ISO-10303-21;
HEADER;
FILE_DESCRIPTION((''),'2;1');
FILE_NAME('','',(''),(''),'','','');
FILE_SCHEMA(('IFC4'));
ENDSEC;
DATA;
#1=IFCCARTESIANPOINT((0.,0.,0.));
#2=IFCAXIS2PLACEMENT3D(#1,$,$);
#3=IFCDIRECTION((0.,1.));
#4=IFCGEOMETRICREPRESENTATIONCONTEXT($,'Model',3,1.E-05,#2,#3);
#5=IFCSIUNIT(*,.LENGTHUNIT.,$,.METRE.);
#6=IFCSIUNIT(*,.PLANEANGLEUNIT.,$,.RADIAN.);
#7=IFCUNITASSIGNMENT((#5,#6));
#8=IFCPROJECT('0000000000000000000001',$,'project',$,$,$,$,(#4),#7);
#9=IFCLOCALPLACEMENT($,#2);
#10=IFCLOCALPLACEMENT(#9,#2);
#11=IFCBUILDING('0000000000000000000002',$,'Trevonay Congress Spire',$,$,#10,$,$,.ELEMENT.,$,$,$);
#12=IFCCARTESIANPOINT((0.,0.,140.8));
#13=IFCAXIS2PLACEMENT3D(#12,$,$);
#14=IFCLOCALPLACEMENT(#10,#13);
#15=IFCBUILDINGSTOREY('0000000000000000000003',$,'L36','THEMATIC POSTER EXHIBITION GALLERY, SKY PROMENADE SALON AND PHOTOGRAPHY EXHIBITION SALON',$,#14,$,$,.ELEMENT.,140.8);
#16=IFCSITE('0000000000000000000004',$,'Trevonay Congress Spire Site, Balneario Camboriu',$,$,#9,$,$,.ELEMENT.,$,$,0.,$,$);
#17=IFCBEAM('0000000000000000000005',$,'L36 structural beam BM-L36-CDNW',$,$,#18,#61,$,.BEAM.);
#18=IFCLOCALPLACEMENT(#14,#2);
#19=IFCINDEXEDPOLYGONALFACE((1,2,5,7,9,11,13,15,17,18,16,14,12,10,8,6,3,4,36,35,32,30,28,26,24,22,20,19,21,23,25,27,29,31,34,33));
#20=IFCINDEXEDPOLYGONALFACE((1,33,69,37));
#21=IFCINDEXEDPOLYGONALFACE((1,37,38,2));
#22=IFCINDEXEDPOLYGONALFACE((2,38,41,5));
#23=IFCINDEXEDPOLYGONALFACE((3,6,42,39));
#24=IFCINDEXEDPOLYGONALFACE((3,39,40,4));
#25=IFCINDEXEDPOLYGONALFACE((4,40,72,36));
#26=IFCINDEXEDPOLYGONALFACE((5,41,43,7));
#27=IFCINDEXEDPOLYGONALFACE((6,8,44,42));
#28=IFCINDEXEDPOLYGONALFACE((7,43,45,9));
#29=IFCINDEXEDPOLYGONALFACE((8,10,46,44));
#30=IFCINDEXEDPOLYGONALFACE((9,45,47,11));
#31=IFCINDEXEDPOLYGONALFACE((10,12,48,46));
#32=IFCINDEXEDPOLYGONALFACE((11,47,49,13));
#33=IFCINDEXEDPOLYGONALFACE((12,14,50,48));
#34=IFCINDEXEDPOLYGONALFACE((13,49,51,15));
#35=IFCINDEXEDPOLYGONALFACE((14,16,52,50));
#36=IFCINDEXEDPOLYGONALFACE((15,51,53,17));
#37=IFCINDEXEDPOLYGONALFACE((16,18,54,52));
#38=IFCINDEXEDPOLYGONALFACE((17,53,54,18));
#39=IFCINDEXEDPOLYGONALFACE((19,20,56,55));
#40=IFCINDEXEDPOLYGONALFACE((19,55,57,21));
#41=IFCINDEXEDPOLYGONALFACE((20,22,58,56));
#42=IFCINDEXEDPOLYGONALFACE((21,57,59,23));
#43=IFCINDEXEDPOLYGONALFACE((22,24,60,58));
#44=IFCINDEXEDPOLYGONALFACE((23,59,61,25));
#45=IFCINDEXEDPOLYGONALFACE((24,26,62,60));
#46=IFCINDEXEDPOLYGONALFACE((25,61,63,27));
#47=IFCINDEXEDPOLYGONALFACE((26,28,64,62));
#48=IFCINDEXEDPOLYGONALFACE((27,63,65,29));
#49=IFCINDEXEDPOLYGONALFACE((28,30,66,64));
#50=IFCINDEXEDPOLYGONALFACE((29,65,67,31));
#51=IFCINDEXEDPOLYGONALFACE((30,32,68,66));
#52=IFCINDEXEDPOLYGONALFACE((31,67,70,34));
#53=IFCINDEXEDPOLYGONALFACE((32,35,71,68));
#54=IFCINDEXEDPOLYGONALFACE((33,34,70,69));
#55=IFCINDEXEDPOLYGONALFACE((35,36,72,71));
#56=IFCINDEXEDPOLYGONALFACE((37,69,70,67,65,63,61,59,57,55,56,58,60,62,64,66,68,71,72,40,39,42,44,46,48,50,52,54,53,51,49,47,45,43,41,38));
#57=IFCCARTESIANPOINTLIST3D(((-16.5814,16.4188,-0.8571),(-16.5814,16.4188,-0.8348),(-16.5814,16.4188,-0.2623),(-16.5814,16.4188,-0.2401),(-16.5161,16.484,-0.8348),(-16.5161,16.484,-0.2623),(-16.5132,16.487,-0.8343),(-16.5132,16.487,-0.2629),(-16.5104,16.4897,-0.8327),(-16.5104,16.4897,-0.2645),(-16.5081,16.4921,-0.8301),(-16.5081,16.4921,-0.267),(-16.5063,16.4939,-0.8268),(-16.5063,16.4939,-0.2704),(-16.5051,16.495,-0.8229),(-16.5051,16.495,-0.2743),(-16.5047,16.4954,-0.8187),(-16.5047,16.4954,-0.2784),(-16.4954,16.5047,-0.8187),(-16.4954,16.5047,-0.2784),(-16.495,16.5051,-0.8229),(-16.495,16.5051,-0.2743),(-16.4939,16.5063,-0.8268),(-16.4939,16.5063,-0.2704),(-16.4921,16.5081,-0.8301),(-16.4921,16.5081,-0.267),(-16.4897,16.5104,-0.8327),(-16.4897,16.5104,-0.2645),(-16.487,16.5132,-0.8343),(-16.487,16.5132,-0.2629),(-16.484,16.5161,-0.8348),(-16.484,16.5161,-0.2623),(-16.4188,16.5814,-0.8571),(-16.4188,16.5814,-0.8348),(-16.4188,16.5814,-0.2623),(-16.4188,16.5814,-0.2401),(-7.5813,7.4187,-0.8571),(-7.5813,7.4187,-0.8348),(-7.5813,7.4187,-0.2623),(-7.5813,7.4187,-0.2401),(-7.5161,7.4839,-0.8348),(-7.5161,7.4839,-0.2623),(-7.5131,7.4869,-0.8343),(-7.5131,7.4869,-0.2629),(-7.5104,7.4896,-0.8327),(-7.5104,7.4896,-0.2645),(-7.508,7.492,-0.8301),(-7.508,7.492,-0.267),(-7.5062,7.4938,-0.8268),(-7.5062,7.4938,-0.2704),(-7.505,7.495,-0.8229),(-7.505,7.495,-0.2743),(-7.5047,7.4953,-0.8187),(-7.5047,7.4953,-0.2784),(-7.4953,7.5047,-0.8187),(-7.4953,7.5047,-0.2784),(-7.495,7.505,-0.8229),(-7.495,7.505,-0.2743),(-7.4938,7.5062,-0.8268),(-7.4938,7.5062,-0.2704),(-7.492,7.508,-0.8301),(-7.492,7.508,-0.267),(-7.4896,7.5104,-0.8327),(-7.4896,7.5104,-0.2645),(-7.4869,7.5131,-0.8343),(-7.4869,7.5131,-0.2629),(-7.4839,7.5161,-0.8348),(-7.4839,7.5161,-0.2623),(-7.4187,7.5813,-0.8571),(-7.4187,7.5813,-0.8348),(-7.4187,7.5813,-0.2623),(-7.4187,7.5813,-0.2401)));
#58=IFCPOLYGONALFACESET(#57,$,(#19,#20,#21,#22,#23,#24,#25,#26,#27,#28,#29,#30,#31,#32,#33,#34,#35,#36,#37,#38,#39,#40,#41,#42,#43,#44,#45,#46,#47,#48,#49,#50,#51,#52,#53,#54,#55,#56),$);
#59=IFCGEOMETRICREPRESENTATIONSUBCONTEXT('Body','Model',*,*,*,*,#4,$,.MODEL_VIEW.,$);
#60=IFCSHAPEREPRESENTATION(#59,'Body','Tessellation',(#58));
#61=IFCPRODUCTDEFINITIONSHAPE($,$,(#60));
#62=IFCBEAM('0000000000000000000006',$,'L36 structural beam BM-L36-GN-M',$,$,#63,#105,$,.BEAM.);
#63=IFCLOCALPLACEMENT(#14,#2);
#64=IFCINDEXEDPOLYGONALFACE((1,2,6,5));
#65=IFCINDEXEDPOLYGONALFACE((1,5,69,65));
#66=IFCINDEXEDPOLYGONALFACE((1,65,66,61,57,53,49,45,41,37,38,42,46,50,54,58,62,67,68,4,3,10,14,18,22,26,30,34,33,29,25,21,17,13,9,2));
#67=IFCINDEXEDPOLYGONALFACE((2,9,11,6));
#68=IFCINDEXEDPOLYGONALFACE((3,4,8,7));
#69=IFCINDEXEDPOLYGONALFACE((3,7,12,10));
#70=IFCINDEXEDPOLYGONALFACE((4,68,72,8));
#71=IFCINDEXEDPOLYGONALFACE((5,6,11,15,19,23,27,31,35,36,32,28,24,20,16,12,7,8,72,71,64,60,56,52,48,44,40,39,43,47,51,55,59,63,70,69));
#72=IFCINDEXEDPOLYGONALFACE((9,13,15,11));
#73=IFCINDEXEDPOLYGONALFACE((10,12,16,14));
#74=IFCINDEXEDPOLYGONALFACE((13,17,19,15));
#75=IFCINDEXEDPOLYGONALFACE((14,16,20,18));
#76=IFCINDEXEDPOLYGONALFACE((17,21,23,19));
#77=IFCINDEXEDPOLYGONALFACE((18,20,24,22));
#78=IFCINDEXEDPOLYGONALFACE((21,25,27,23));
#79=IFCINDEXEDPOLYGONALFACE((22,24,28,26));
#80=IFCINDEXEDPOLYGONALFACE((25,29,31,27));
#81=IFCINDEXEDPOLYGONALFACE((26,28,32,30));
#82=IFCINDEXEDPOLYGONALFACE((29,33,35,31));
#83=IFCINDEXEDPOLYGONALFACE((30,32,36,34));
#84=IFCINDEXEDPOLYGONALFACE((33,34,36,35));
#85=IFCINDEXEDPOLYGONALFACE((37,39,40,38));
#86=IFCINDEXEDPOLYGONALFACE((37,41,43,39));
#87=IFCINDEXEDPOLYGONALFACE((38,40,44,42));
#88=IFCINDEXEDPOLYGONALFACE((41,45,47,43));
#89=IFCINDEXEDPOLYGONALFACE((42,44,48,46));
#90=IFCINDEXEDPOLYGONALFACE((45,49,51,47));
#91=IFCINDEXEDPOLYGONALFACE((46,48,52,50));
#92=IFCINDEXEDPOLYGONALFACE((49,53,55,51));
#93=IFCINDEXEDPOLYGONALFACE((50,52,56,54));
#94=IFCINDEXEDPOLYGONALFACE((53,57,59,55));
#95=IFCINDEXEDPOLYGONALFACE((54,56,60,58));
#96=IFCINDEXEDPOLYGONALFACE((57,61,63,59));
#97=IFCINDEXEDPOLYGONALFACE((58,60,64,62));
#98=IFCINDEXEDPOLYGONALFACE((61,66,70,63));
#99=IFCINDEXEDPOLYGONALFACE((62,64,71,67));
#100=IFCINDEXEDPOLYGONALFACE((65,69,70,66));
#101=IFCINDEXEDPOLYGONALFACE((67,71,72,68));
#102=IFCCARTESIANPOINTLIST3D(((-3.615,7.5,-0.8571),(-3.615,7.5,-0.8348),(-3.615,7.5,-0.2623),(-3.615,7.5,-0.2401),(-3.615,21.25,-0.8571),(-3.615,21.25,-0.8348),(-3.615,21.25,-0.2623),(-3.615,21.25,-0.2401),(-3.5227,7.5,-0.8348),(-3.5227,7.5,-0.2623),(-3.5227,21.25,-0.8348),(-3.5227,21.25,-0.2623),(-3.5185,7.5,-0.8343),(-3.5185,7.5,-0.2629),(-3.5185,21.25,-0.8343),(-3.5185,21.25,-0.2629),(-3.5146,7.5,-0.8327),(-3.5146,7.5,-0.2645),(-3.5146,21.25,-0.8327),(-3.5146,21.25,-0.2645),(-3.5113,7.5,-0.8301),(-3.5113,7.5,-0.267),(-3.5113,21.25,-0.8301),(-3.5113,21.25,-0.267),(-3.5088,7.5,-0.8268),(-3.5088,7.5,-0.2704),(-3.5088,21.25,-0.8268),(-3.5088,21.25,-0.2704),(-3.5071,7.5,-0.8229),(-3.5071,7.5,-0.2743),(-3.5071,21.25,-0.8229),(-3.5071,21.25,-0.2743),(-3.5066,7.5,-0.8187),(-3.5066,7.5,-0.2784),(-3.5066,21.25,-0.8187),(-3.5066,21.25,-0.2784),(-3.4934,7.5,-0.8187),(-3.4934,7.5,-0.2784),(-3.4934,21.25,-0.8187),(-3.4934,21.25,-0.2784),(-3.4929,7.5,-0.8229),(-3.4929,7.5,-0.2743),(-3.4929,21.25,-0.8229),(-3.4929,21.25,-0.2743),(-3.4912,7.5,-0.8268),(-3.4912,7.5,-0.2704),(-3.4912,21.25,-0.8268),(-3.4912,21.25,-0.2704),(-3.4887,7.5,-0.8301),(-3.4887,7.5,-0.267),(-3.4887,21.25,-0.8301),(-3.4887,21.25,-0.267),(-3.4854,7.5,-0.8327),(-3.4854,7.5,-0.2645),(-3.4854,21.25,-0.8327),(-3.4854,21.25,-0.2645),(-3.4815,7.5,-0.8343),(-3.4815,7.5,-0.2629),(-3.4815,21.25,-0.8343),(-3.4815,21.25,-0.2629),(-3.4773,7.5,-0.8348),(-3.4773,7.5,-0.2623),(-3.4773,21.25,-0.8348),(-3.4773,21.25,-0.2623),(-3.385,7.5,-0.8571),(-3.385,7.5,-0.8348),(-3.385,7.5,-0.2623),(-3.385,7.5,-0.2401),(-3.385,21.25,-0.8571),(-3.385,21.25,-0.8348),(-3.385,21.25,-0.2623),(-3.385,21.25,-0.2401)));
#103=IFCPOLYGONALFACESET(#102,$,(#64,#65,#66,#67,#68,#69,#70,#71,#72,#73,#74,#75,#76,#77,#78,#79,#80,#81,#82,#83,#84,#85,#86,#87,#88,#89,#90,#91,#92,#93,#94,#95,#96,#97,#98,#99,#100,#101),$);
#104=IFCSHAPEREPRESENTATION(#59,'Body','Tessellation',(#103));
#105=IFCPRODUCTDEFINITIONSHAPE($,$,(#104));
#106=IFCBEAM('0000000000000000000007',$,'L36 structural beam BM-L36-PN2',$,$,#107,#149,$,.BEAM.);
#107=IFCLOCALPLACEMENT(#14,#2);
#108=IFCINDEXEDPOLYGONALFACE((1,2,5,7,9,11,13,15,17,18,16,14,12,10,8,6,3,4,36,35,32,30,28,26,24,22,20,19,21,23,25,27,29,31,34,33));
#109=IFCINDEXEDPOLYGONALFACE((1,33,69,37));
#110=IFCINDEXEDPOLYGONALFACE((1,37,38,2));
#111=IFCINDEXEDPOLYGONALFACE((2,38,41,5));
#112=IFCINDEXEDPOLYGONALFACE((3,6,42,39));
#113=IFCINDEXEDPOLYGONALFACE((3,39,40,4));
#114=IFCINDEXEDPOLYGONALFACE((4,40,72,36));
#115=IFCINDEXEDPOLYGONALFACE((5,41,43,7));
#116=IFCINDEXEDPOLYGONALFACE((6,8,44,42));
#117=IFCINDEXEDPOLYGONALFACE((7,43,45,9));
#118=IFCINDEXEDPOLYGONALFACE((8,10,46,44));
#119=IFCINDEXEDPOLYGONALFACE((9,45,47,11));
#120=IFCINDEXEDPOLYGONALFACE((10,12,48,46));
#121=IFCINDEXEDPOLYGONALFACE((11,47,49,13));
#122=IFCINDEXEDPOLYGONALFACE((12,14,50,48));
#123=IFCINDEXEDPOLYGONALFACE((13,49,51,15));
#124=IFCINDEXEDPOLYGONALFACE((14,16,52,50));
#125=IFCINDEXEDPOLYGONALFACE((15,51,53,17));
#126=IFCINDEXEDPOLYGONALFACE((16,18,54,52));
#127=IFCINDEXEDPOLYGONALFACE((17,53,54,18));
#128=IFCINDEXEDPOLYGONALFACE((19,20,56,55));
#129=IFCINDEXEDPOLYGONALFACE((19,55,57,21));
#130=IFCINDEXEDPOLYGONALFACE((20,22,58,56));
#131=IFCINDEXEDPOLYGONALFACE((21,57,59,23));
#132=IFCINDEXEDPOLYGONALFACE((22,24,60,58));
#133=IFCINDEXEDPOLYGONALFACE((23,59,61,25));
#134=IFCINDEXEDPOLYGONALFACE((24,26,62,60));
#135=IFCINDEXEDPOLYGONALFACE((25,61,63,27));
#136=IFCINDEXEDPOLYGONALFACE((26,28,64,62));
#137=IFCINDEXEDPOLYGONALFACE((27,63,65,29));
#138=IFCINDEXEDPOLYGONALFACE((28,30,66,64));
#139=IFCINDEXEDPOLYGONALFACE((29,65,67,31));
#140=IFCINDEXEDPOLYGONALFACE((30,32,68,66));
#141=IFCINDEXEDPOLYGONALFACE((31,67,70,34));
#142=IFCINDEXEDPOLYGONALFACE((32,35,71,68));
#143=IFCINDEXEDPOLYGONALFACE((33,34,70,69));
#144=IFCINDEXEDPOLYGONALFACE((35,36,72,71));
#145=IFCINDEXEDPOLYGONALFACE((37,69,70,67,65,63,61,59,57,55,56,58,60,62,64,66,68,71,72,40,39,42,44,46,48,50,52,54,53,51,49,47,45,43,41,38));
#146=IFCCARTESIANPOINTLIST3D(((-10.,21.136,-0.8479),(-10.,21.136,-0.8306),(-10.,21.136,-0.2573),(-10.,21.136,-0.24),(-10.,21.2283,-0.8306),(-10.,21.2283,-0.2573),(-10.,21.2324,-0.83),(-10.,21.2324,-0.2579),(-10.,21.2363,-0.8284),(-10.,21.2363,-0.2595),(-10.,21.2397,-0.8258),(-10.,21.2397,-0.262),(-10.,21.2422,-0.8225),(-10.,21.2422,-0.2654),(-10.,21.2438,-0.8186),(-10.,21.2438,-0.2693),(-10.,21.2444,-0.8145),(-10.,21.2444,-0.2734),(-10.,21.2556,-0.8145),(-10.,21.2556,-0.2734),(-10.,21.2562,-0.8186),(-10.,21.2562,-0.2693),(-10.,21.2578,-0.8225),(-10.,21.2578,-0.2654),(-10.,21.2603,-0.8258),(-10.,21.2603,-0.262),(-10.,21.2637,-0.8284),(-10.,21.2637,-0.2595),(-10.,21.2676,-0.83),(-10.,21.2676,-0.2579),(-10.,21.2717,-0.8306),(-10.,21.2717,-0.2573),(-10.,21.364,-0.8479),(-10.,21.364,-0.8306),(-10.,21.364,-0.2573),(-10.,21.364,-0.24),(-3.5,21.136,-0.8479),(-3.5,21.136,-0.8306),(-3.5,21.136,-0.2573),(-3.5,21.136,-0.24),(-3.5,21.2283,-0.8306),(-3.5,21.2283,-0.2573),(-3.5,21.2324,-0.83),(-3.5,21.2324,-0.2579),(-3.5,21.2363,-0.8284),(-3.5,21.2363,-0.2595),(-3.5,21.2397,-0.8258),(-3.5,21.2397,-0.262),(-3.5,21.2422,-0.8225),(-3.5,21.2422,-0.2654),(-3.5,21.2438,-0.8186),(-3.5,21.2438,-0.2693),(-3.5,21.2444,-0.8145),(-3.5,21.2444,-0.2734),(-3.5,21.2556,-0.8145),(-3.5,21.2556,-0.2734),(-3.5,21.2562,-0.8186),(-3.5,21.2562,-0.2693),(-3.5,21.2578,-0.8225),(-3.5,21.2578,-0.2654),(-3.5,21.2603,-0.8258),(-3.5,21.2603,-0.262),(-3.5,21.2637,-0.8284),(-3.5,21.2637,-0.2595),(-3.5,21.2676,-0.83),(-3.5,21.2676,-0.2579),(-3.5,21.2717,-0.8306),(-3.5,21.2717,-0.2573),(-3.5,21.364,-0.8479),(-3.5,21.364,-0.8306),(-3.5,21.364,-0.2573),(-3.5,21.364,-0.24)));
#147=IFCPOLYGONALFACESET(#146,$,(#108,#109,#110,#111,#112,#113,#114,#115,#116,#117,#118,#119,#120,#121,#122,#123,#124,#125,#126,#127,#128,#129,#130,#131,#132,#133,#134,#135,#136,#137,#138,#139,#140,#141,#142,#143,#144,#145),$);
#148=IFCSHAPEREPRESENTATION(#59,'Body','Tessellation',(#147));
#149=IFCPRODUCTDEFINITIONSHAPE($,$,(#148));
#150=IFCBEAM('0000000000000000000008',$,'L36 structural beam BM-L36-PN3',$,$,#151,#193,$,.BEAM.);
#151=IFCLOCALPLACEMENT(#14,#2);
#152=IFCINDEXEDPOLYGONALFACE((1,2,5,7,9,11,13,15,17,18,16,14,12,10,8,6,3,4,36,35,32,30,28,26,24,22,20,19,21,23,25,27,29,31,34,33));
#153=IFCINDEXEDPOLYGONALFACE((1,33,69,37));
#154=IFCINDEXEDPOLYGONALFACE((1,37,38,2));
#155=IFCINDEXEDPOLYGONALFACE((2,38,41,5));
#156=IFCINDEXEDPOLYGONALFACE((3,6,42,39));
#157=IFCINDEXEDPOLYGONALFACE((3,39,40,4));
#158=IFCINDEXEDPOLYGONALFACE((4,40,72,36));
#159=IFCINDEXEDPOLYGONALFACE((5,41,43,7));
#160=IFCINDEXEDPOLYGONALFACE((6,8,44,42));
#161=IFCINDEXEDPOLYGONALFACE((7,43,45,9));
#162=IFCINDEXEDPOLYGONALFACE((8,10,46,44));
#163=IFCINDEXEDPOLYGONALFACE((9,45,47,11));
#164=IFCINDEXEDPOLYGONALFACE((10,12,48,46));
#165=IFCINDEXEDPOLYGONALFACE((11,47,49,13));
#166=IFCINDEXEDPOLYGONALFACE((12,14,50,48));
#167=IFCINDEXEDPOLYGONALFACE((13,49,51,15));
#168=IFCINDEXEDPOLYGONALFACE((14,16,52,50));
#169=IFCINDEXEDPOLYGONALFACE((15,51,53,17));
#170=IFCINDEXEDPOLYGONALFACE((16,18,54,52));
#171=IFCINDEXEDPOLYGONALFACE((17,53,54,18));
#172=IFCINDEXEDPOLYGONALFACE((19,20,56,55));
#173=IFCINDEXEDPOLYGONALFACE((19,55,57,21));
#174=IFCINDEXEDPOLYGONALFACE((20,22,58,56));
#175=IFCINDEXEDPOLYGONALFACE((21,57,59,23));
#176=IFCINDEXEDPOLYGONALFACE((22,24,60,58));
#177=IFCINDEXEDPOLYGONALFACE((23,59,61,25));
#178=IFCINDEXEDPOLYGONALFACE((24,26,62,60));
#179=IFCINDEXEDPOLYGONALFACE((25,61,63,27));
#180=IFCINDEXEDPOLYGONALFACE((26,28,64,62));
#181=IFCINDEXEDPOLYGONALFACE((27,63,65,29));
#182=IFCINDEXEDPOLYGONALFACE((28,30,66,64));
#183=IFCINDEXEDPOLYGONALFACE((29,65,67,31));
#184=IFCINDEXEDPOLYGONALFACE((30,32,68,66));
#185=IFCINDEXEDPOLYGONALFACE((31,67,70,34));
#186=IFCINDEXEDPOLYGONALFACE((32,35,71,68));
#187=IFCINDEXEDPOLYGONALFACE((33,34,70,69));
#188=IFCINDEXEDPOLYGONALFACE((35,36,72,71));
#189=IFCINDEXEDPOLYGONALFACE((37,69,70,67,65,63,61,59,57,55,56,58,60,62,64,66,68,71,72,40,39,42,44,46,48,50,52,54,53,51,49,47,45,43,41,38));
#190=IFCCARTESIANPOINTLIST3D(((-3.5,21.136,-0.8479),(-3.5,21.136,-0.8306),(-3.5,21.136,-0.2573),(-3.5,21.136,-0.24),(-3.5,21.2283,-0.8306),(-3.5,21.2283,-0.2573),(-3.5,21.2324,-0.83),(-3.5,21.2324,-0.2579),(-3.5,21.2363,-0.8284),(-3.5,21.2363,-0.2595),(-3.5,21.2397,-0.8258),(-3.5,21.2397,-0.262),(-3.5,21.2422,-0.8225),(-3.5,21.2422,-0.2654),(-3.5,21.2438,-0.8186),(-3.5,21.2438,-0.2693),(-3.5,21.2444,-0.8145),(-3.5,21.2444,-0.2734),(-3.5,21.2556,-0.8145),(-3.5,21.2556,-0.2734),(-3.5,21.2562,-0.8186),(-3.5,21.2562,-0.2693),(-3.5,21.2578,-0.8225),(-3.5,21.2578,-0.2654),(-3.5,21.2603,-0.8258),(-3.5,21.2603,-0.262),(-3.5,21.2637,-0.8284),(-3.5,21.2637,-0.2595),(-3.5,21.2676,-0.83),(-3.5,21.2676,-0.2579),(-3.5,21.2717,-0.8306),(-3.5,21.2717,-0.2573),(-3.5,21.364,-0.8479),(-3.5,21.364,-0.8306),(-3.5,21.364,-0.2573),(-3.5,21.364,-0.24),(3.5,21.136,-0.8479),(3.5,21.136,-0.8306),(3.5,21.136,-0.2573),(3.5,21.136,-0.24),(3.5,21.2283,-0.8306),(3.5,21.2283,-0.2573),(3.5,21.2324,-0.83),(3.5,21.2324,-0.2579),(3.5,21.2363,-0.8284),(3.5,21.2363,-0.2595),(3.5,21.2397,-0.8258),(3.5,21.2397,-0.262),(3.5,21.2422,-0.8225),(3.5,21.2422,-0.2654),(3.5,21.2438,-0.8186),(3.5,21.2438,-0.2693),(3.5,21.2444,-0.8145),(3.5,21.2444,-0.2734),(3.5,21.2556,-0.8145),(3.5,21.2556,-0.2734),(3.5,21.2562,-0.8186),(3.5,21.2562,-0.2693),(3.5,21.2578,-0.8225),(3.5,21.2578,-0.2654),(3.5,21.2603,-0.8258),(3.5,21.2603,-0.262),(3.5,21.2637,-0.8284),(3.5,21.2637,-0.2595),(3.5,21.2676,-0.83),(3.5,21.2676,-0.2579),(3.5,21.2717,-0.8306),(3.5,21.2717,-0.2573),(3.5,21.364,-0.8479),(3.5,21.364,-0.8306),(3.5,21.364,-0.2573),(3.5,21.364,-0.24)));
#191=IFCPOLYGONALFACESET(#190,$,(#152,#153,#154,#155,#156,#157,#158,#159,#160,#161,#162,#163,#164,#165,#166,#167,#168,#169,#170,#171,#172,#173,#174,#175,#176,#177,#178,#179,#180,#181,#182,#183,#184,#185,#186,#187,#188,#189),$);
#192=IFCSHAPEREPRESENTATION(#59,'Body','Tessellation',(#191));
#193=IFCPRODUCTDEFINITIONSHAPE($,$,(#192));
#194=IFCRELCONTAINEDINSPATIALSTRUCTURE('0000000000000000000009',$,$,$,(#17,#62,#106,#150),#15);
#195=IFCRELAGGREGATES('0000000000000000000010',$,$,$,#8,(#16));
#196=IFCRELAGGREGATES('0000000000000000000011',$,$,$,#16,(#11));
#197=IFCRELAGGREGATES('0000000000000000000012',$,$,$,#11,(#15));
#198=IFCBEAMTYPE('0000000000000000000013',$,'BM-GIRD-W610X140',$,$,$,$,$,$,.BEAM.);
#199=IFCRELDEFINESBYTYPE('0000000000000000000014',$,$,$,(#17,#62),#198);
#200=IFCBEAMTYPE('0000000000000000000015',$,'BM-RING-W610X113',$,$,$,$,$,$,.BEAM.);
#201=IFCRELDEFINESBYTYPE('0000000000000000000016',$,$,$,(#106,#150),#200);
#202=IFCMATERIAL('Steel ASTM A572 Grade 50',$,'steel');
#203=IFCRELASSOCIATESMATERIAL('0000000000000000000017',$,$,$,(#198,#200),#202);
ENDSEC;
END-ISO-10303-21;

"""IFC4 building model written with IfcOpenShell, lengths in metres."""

from ifc_helpers import new_model, si_unit, direction, frame, origin, origin_2d, place, context, subcontext, project, spatial, i_section, extrude, material, material_profile, profile_set, type_object, element, save


model = new_model("IFC4")

# Units and contexts
model_context = context("Model", 3, precision=1e-05, world=origin(), true_north=direction((0.0, 1.0)))
body_context = subcontext(model_context, "Body", "Model", "MODEL_VIEW")
ifc_project = project(units=[si_unit("LENGTHUNIT", "METRE"), si_unit("PLANEANGLEUNIT", "RADIAN")], contexts=[model_context])

# Site, building, storey
site_placement = place(None, origin())
site = spatial("IfcSite", under=ifc_project, at=site_placement, Name="Trevonay Congress Spire Site, Balneario Camboriu", CompositionType="ELEMENT", RefElevation=0.0)
building_placement = place(site_placement, origin())
building = spatial("IfcBuilding", under=site, at=building_placement, Name="Trevonay Congress Spire", CompositionType="ELEMENT")
storey_placement = place(building_placement, frame((0.0, 0.0, 140.8)))
storey = spatial("IfcBuildingStorey", under=building, at=storey_placement, Name="L36", Description="THEMATIC POSTER EXHIBITION GALLERY, SKY PROMENADE SALON AND PHOTOGRAPHY EXHIBITION SALON", CompositionType="ELEMENT", Elevation=140.8)

# Shared definitions
ifc_material_1 = material(Name="Steel ASTM A572 Grade 50", Category="steel")

# Beams
ifc_material_profile_1 = material_profile(ifc_material_1, i_section(OverallWidth=0.23, OverallDepth=0.6169, WebThickness=0.0132, FlangeThickness=0.0222, FilletRadius=0.0161, at=origin_2d()), Name="W610x140")
ifc_profile_set_1 = profile_set([ifc_material_profile_1], Name="Steel ASTM A572 Grade 50")
beam_type_1 = type_object("IfcBeamType", Name="BM-GIRD-W610X140", PredefinedType="BEAM", material=ifc_profile_set_1)
beam_1_placement = place(storey_placement, frame((-7.5, 7.5, -0.5486), z_axis=(-0.707107, 0.707107, 0.0), x_axis=(-0.707107, -0.707107, 0.0)))
element("IfcBeam", 1, at=beam_1_placement, inside=storey, type_object=beam_type_1, Name="L36 structural beam BM-L36-CDNW", PredefinedType="BEAM", context=body_context, shape_type="SweptSolid", body=[
    extrude(i_section(OverallWidth=0.23, OverallDepth=0.6169, WebThickness=0.0132, FlangeThickness=0.0222, FilletRadius=0.0161, at=origin_2d()), origin(), (0.0, 0.0, 1.0), 12.728),
])
beam_2_placement = place(storey_placement, frame((-3.5, 7.5, -0.5486), z_axis=(0.0, 1.0, 0.0), x_axis=(-1.0, 0.0, 0.0)))
element("IfcBeam", 2, at=beam_2_placement, inside=storey, type_object=beam_type_1, Name="L36 structural beam BM-L36-GN-M", PredefinedType="BEAM", context=body_context, shape_type="SweptSolid", body=[
    extrude(i_section(OverallWidth=0.23, OverallDepth=0.6169, WebThickness=0.0132, FlangeThickness=0.0222, FilletRadius=0.0161, at=origin_2d()), origin(), (0.0, 0.0, 1.0), 13.75),
])
ifc_material_profile_2 = material_profile(ifc_material_1, i_section(OverallWidth=0.228, OverallDepth=0.6079, WebThickness=0.0112, FlangeThickness=0.0173, FilletRadius=0.0161, at=origin_2d()), Name="W610x113")
ifc_profile_set_2 = profile_set([ifc_material_profile_2], Name="Steel ASTM A572 Grade 50")
beam_type_2 = type_object("IfcBeamType", Name="BM-RING-W610X113", PredefinedType="BEAM", material=ifc_profile_set_2)
beam_3_placement = place(storey_placement, frame((-10.0, 21.25, -0.5439), z_axis=(1.0, 0.0, 0.0), x_axis=(0.0, 1.0, 0.0)))
element("IfcBeam", 3, at=beam_3_placement, inside=storey, type_object=beam_type_2, Name="L36 structural beam BM-L36-PN2", PredefinedType="BEAM", context=body_context, shape_type="SweptSolid", body=[
    extrude(i_section(OverallWidth=0.228, OverallDepth=0.6079, WebThickness=0.0112, FlangeThickness=0.0173, FilletRadius=0.0161, at=origin_2d()), origin(), (0.0, 0.0, 1.0), 6.5),
])
beam_4_placement = place(storey_placement, frame((-3.5, 21.25, -0.5439), z_axis=(1.0, 0.0, 0.0), x_axis=(0.0, 1.0, 0.0)))
element("IfcBeam", 4, at=beam_4_placement, inside=storey, type_object=beam_type_2, Name="L36 structural beam BM-L36-PN3", PredefinedType="BEAM", context=body_context, shape_type="SweptSolid", body=[
    extrude(i_section(OverallWidth=0.228, OverallDepth=0.6079, WebThickness=0.0112, FlangeThickness=0.0173, FilletRadius=0.0161, at=origin_2d()), origin(), (0.0, 0.0, 1.0), 7.0),
])

save(model, "model.ifc")
